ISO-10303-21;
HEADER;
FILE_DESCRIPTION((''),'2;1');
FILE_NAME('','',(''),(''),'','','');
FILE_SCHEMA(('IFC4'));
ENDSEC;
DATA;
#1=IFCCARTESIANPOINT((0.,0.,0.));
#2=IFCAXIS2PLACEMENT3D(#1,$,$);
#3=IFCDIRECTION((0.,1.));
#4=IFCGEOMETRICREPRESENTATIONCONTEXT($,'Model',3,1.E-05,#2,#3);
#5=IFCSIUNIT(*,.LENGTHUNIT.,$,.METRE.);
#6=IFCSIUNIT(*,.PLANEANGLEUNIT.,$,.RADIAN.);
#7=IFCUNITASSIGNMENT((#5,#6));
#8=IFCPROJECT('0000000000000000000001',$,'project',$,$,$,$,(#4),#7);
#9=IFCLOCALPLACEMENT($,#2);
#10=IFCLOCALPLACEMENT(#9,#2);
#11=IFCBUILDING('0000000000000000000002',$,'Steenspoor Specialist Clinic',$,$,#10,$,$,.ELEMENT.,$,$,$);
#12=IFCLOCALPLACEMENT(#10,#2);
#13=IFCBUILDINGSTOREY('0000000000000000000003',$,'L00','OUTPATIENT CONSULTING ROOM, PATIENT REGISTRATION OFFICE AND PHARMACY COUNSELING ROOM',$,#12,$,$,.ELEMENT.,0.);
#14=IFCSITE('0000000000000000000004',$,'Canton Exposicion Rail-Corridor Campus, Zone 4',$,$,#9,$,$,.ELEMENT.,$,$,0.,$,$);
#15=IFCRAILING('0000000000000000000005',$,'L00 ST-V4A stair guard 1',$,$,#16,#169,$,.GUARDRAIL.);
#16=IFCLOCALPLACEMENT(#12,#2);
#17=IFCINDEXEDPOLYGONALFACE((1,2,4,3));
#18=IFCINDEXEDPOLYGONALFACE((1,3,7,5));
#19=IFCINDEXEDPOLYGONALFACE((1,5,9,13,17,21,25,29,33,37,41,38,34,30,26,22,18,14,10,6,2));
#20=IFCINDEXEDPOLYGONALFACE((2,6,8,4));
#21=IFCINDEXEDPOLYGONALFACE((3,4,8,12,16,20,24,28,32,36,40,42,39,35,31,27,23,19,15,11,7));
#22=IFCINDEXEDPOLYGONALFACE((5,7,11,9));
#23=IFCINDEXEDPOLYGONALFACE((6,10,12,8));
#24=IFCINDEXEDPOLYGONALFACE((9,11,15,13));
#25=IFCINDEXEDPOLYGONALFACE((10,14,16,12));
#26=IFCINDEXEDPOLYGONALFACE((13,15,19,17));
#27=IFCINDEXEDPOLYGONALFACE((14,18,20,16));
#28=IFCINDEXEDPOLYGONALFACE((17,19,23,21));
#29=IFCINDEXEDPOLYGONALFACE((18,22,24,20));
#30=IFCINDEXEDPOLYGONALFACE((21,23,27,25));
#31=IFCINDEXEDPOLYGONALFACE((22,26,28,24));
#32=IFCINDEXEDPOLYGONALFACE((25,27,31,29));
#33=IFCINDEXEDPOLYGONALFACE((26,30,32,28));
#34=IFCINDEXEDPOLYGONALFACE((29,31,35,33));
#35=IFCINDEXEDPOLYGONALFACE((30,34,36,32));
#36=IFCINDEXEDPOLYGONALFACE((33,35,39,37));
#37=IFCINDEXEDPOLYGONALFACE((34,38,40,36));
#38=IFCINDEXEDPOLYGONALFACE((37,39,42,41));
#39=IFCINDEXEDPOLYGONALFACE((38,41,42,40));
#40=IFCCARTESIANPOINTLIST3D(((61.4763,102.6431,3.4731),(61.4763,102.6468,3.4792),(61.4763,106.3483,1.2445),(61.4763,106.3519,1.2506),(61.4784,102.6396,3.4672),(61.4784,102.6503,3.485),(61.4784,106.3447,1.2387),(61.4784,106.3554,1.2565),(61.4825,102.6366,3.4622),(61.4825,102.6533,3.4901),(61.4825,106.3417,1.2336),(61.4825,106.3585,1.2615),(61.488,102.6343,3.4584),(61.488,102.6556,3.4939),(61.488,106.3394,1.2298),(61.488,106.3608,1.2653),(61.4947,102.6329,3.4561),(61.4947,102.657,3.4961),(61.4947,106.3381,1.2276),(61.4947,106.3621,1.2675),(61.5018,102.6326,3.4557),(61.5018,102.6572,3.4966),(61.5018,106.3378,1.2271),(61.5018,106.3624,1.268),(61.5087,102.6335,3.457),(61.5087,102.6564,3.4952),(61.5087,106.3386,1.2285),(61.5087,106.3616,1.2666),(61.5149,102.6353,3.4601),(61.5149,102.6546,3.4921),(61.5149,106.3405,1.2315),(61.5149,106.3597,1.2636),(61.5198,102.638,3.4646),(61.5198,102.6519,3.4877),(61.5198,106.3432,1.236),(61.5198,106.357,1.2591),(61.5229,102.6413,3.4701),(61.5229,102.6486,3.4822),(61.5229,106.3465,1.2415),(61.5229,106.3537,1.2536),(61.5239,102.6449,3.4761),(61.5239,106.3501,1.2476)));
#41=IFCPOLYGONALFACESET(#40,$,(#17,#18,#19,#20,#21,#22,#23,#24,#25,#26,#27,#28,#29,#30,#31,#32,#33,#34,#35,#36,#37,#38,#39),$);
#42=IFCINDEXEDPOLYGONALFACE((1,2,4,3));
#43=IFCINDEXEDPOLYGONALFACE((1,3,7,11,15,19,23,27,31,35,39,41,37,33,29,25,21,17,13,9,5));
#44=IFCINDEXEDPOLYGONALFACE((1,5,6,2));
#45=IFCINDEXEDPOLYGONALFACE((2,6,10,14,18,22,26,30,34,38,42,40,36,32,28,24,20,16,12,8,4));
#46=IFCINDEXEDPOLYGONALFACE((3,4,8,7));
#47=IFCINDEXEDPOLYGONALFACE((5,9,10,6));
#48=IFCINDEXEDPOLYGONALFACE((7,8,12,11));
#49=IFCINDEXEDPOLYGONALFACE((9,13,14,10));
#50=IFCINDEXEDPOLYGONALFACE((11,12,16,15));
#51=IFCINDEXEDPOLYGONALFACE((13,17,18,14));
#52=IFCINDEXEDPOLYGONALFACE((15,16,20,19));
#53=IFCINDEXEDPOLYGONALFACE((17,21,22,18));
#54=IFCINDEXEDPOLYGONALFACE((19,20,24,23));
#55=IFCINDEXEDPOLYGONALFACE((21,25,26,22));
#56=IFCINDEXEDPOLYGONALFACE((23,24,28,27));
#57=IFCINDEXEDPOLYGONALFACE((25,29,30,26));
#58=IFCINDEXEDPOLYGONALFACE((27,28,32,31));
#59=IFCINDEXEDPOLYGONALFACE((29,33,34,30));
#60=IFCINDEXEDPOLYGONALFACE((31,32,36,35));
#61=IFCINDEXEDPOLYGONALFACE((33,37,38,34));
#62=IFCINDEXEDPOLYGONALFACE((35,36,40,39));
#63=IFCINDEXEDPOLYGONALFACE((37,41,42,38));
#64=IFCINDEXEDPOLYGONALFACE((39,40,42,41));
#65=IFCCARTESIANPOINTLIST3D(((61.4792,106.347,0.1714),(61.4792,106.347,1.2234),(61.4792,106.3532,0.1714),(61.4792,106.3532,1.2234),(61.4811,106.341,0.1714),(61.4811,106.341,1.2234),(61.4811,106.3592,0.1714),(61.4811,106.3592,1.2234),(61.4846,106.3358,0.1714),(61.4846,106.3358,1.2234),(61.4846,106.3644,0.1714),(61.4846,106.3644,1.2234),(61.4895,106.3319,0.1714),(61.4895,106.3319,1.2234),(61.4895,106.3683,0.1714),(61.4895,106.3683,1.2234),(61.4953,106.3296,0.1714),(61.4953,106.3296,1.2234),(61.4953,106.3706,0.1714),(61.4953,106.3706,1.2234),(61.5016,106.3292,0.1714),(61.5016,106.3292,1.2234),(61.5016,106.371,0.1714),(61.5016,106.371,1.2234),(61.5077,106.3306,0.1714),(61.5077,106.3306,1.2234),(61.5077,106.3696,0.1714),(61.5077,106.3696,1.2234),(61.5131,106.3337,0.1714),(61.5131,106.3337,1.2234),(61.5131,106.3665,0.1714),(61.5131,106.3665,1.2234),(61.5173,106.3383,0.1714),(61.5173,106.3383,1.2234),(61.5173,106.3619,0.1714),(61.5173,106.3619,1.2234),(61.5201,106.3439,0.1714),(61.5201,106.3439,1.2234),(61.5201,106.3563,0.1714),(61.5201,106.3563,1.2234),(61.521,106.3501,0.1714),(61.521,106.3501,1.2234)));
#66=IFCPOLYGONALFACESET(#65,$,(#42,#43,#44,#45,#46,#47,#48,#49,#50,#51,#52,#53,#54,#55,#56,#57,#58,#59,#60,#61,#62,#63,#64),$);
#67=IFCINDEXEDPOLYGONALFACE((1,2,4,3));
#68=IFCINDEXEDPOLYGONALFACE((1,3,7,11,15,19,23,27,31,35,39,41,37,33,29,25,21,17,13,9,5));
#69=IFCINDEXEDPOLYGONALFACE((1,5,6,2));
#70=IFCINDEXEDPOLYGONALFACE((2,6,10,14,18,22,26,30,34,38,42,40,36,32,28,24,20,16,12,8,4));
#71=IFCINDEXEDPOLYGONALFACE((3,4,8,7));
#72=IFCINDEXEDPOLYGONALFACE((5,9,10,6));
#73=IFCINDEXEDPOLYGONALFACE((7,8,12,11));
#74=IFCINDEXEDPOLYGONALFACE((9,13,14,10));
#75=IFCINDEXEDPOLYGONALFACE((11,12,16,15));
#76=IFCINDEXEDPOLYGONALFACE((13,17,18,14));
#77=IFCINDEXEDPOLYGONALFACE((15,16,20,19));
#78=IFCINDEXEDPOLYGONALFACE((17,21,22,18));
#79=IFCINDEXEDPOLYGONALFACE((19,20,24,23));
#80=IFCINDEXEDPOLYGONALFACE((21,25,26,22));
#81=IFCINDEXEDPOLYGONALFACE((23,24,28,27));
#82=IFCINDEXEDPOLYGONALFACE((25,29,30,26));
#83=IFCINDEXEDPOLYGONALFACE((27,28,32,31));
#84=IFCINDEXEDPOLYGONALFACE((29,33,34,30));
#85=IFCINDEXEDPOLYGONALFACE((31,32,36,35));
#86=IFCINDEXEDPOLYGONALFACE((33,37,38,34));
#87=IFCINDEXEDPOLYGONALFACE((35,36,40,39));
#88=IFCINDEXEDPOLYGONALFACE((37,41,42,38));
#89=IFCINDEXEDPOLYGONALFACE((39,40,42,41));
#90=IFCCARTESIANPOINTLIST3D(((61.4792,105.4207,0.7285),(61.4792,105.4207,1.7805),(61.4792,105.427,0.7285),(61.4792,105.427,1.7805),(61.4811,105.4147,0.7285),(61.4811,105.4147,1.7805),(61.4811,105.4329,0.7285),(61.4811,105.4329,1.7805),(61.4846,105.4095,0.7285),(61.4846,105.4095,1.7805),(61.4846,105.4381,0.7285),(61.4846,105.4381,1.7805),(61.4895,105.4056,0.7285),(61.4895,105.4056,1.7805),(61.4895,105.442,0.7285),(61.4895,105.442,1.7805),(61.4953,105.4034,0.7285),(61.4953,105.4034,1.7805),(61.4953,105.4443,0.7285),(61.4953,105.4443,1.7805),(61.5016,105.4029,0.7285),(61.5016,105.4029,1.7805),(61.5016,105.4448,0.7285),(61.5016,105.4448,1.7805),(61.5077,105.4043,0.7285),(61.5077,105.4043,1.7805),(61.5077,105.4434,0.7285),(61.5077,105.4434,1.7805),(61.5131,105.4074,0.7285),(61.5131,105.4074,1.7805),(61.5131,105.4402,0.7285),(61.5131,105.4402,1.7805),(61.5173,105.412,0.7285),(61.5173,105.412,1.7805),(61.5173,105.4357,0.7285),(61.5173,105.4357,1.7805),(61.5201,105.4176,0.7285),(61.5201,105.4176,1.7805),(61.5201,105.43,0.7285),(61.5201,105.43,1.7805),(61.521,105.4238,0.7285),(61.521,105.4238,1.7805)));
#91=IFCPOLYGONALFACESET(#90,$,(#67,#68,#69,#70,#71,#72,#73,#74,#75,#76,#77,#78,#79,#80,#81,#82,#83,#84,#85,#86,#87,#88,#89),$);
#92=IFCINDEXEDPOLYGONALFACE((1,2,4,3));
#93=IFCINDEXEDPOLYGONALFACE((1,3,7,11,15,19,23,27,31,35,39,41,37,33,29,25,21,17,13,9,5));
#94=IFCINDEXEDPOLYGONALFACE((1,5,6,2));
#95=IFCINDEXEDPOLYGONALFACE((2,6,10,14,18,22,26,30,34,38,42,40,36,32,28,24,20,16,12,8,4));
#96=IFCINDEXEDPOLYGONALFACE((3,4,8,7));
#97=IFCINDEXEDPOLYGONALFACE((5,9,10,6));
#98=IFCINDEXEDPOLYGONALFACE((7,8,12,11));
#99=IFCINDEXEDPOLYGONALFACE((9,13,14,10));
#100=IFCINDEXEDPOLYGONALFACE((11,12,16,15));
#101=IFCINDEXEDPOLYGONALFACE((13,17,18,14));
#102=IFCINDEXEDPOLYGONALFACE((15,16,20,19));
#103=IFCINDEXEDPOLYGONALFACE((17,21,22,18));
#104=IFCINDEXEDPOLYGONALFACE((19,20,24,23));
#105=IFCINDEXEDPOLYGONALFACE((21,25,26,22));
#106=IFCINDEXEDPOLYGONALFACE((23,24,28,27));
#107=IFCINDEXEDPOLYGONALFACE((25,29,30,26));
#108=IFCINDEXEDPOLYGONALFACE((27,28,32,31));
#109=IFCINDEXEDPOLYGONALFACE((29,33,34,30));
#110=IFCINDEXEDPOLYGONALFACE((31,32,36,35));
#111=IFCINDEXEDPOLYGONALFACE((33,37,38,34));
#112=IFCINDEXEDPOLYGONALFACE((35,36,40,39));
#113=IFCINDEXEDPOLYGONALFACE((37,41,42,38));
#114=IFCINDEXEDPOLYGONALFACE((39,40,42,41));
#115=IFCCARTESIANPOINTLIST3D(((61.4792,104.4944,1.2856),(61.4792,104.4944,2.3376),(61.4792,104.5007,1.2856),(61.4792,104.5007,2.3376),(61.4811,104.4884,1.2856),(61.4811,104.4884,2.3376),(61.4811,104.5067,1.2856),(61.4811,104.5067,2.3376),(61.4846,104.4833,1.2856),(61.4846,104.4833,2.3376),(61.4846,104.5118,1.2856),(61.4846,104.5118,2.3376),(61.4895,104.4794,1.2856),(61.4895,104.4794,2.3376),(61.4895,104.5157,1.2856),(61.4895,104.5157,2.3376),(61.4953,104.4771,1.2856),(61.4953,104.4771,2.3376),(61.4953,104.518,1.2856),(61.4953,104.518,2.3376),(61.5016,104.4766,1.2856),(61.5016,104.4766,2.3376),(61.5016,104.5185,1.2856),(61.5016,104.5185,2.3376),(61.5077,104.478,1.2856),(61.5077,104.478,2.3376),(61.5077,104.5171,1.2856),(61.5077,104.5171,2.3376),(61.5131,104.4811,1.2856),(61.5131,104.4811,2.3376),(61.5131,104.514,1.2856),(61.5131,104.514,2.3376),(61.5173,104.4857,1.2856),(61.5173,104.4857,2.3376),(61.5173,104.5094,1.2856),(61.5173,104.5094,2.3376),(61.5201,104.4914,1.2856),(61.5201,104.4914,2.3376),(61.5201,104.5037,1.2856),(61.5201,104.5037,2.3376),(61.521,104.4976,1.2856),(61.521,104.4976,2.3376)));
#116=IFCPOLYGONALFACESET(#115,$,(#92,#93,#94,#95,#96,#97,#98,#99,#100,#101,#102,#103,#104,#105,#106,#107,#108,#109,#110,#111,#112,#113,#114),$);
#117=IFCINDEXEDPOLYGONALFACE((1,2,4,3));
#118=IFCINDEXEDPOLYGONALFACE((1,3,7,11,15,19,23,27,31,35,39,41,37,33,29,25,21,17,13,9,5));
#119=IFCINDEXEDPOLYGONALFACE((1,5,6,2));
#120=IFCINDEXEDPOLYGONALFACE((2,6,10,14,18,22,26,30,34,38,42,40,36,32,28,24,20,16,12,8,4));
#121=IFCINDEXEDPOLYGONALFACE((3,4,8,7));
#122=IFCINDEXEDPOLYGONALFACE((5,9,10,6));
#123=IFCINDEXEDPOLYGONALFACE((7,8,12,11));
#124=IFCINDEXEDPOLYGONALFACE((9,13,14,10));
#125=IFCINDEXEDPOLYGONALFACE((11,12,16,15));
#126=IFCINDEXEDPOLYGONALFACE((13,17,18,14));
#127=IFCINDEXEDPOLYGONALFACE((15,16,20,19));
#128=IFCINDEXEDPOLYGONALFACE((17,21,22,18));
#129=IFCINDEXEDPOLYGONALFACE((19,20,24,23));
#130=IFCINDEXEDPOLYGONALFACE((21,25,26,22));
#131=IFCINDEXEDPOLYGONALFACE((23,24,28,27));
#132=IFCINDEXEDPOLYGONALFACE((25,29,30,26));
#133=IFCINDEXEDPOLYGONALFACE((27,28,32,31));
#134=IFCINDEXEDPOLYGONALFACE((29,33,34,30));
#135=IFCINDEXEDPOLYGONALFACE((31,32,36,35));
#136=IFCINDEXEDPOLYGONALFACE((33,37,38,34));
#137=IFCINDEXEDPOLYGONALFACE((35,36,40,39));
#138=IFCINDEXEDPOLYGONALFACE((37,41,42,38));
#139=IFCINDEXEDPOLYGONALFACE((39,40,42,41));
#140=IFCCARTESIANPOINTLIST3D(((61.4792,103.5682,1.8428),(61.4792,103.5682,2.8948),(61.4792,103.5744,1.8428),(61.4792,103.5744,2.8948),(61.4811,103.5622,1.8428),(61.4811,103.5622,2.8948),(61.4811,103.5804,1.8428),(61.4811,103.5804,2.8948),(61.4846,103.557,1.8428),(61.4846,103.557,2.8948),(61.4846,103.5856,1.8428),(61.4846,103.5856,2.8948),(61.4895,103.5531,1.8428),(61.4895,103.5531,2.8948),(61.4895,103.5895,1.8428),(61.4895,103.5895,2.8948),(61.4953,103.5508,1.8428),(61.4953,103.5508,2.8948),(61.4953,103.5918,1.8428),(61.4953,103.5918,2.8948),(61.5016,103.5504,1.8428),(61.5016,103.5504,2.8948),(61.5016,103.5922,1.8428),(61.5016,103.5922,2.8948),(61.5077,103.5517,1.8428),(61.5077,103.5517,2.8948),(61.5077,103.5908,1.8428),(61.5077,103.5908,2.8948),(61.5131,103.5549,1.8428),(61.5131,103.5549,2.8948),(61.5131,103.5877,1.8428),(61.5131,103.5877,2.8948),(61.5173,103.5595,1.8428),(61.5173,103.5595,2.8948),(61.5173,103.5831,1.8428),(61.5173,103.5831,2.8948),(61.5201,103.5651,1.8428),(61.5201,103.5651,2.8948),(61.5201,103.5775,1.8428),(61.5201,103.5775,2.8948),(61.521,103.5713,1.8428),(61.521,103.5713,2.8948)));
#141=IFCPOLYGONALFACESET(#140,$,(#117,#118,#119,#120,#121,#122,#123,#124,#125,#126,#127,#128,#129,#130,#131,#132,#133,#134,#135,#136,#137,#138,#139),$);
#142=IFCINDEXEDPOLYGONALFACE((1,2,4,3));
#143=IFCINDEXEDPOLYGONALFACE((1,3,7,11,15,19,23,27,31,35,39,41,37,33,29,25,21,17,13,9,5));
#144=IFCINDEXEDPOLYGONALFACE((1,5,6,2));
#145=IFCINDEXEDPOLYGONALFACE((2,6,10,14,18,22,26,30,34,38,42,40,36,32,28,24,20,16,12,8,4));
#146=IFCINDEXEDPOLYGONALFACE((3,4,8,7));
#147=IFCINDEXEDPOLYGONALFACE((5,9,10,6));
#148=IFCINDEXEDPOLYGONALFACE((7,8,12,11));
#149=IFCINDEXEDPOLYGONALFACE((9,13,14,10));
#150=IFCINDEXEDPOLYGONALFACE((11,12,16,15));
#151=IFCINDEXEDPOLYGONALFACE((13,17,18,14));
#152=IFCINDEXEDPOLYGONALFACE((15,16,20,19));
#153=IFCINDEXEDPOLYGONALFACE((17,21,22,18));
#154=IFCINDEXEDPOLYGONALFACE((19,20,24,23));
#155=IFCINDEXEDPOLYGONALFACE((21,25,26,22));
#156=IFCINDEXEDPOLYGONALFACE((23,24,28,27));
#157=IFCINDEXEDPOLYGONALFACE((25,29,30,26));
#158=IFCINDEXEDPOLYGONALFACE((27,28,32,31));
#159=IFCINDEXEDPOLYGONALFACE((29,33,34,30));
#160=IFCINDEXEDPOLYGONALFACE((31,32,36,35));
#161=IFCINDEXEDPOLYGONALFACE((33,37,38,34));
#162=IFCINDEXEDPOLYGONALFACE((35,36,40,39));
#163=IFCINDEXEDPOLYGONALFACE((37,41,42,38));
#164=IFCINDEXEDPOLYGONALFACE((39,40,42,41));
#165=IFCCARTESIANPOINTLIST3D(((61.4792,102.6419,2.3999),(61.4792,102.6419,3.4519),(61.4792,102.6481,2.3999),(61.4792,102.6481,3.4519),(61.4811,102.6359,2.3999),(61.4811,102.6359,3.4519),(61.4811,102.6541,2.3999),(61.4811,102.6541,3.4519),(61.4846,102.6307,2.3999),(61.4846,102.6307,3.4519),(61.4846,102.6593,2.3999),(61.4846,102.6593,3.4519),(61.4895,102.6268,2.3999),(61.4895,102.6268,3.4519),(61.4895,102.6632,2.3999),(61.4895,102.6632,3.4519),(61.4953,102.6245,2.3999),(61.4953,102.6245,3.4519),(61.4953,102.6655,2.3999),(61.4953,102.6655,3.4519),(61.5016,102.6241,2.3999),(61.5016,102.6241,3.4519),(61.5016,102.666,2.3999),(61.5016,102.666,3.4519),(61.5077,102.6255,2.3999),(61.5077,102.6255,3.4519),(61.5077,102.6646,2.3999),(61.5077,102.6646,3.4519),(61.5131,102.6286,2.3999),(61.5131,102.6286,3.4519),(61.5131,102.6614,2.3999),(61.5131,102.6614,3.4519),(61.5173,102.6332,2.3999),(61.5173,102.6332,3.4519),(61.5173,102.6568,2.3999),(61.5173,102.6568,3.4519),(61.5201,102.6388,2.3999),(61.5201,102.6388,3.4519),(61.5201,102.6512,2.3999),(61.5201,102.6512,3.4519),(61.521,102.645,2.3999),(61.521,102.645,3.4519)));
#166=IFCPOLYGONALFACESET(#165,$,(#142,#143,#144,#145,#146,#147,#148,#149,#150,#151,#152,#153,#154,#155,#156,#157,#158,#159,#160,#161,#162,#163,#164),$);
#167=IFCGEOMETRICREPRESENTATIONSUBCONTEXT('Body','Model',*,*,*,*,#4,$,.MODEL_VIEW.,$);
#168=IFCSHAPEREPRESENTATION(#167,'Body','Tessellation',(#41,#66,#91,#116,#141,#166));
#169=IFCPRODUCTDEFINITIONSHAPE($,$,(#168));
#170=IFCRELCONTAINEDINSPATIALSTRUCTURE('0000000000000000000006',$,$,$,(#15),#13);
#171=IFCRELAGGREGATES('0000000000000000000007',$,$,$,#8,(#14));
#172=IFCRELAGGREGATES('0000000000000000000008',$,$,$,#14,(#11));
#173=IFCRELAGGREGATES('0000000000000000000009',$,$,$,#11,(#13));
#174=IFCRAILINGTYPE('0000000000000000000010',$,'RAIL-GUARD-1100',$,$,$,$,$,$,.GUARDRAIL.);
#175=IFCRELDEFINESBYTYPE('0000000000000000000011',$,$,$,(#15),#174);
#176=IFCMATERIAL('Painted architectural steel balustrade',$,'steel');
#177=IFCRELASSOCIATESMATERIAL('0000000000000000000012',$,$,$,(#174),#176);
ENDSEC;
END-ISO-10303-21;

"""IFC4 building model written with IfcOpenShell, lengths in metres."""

from ifc_helpers import new_model, si_unit, direction, frame, origin, origin_2d, place, context, subcontext, project, spatial, circle, extrude, material, type_object, element, save


model = new_model("IFC4")

# Units and contexts
model_context = context("Model", 3, precision=1e-05, world=origin(), true_north=direction((0.0, 1.0)))
body_context = subcontext(model_context, "Body", "Model", "MODEL_VIEW")
ifc_project = project(units=[si_unit("LENGTHUNIT", "METRE"), si_unit("PLANEANGLEUNIT", "RADIAN")], contexts=[model_context])

# Site, building, storey
site_placement = place(None, origin())
site = spatial("IfcSite", under=ifc_project, at=site_placement, Name="Canton Exposicion Rail-Corridor Campus, Zone 4", CompositionType="ELEMENT", RefElevation=0.0)
building_placement = place(site_placement, origin())
building = spatial("IfcBuilding", under=site, at=building_placement, Name="Steenspoor Specialist Clinic", CompositionType="ELEMENT")
storey_placement = place(building_placement, origin())
storey = spatial("IfcBuildingStorey", under=building, at=storey_placement, Name="L00", Description="OUTPATIENT CONSULTING ROOM, PATIENT REGISTRATION OFFICE AND PHARMACY COUNSELING ROOM", CompositionType="ELEMENT", Elevation=0.0)

# Railing
ifc_material_1 = material(Name="Painted architectural steel balustrade", Category="steel")
railing_type_1 = type_object("IfcRailingType", Name="RAIL-GUARD-1100", PredefinedType="GUARDRAIL", material=ifc_material_1)
railing_1_placement = place(storey_placement, frame((61.5, 106.3501, 0.1714)))
element("IfcRailing", 1, at=railing_1_placement, inside=storey, type_object=railing_type_1, Name="L00 ST-V4A stair guard 1", PredefinedType="GUARDRAIL", context=body_context, shape_type="SweptSolid", body=[
    extrude(circle(Radius=0.0239, at=origin_2d()), frame((0.0, 0.0, 1.0762), z_axis=(0.0, -0.856934, 0.515425), x_axis=(1.0, 0.0, 0.0)), (0.0, 0.0, 1.0), 4.3237),
    extrude(circle(Radius=0.021, at=origin_2d()), origin(), (0.0, 0.0, 1.0), 1.052),
    extrude(circle(Radius=0.021, at=origin_2d()), frame((0.0, -0.9263, 0.5571)), (0.0, 0.0, 1.0), 1.052),
    extrude(circle(Radius=0.021, at=origin_2d()), frame((0.0, -1.8525, 1.1143)), (0.0, 0.0, 1.0), 1.052),
    extrude(circle(Radius=0.021, at=origin_2d()), frame((0.0, -2.7788, 1.6714)), (0.0, 0.0, 1.0), 1.052),
    extrude(circle(Radius=0.021, at=origin_2d()), frame((0.0, -3.7051, 2.2285)), (0.0, 0.0, 1.0), 1.052),
])

save(model, "model.ifc")
